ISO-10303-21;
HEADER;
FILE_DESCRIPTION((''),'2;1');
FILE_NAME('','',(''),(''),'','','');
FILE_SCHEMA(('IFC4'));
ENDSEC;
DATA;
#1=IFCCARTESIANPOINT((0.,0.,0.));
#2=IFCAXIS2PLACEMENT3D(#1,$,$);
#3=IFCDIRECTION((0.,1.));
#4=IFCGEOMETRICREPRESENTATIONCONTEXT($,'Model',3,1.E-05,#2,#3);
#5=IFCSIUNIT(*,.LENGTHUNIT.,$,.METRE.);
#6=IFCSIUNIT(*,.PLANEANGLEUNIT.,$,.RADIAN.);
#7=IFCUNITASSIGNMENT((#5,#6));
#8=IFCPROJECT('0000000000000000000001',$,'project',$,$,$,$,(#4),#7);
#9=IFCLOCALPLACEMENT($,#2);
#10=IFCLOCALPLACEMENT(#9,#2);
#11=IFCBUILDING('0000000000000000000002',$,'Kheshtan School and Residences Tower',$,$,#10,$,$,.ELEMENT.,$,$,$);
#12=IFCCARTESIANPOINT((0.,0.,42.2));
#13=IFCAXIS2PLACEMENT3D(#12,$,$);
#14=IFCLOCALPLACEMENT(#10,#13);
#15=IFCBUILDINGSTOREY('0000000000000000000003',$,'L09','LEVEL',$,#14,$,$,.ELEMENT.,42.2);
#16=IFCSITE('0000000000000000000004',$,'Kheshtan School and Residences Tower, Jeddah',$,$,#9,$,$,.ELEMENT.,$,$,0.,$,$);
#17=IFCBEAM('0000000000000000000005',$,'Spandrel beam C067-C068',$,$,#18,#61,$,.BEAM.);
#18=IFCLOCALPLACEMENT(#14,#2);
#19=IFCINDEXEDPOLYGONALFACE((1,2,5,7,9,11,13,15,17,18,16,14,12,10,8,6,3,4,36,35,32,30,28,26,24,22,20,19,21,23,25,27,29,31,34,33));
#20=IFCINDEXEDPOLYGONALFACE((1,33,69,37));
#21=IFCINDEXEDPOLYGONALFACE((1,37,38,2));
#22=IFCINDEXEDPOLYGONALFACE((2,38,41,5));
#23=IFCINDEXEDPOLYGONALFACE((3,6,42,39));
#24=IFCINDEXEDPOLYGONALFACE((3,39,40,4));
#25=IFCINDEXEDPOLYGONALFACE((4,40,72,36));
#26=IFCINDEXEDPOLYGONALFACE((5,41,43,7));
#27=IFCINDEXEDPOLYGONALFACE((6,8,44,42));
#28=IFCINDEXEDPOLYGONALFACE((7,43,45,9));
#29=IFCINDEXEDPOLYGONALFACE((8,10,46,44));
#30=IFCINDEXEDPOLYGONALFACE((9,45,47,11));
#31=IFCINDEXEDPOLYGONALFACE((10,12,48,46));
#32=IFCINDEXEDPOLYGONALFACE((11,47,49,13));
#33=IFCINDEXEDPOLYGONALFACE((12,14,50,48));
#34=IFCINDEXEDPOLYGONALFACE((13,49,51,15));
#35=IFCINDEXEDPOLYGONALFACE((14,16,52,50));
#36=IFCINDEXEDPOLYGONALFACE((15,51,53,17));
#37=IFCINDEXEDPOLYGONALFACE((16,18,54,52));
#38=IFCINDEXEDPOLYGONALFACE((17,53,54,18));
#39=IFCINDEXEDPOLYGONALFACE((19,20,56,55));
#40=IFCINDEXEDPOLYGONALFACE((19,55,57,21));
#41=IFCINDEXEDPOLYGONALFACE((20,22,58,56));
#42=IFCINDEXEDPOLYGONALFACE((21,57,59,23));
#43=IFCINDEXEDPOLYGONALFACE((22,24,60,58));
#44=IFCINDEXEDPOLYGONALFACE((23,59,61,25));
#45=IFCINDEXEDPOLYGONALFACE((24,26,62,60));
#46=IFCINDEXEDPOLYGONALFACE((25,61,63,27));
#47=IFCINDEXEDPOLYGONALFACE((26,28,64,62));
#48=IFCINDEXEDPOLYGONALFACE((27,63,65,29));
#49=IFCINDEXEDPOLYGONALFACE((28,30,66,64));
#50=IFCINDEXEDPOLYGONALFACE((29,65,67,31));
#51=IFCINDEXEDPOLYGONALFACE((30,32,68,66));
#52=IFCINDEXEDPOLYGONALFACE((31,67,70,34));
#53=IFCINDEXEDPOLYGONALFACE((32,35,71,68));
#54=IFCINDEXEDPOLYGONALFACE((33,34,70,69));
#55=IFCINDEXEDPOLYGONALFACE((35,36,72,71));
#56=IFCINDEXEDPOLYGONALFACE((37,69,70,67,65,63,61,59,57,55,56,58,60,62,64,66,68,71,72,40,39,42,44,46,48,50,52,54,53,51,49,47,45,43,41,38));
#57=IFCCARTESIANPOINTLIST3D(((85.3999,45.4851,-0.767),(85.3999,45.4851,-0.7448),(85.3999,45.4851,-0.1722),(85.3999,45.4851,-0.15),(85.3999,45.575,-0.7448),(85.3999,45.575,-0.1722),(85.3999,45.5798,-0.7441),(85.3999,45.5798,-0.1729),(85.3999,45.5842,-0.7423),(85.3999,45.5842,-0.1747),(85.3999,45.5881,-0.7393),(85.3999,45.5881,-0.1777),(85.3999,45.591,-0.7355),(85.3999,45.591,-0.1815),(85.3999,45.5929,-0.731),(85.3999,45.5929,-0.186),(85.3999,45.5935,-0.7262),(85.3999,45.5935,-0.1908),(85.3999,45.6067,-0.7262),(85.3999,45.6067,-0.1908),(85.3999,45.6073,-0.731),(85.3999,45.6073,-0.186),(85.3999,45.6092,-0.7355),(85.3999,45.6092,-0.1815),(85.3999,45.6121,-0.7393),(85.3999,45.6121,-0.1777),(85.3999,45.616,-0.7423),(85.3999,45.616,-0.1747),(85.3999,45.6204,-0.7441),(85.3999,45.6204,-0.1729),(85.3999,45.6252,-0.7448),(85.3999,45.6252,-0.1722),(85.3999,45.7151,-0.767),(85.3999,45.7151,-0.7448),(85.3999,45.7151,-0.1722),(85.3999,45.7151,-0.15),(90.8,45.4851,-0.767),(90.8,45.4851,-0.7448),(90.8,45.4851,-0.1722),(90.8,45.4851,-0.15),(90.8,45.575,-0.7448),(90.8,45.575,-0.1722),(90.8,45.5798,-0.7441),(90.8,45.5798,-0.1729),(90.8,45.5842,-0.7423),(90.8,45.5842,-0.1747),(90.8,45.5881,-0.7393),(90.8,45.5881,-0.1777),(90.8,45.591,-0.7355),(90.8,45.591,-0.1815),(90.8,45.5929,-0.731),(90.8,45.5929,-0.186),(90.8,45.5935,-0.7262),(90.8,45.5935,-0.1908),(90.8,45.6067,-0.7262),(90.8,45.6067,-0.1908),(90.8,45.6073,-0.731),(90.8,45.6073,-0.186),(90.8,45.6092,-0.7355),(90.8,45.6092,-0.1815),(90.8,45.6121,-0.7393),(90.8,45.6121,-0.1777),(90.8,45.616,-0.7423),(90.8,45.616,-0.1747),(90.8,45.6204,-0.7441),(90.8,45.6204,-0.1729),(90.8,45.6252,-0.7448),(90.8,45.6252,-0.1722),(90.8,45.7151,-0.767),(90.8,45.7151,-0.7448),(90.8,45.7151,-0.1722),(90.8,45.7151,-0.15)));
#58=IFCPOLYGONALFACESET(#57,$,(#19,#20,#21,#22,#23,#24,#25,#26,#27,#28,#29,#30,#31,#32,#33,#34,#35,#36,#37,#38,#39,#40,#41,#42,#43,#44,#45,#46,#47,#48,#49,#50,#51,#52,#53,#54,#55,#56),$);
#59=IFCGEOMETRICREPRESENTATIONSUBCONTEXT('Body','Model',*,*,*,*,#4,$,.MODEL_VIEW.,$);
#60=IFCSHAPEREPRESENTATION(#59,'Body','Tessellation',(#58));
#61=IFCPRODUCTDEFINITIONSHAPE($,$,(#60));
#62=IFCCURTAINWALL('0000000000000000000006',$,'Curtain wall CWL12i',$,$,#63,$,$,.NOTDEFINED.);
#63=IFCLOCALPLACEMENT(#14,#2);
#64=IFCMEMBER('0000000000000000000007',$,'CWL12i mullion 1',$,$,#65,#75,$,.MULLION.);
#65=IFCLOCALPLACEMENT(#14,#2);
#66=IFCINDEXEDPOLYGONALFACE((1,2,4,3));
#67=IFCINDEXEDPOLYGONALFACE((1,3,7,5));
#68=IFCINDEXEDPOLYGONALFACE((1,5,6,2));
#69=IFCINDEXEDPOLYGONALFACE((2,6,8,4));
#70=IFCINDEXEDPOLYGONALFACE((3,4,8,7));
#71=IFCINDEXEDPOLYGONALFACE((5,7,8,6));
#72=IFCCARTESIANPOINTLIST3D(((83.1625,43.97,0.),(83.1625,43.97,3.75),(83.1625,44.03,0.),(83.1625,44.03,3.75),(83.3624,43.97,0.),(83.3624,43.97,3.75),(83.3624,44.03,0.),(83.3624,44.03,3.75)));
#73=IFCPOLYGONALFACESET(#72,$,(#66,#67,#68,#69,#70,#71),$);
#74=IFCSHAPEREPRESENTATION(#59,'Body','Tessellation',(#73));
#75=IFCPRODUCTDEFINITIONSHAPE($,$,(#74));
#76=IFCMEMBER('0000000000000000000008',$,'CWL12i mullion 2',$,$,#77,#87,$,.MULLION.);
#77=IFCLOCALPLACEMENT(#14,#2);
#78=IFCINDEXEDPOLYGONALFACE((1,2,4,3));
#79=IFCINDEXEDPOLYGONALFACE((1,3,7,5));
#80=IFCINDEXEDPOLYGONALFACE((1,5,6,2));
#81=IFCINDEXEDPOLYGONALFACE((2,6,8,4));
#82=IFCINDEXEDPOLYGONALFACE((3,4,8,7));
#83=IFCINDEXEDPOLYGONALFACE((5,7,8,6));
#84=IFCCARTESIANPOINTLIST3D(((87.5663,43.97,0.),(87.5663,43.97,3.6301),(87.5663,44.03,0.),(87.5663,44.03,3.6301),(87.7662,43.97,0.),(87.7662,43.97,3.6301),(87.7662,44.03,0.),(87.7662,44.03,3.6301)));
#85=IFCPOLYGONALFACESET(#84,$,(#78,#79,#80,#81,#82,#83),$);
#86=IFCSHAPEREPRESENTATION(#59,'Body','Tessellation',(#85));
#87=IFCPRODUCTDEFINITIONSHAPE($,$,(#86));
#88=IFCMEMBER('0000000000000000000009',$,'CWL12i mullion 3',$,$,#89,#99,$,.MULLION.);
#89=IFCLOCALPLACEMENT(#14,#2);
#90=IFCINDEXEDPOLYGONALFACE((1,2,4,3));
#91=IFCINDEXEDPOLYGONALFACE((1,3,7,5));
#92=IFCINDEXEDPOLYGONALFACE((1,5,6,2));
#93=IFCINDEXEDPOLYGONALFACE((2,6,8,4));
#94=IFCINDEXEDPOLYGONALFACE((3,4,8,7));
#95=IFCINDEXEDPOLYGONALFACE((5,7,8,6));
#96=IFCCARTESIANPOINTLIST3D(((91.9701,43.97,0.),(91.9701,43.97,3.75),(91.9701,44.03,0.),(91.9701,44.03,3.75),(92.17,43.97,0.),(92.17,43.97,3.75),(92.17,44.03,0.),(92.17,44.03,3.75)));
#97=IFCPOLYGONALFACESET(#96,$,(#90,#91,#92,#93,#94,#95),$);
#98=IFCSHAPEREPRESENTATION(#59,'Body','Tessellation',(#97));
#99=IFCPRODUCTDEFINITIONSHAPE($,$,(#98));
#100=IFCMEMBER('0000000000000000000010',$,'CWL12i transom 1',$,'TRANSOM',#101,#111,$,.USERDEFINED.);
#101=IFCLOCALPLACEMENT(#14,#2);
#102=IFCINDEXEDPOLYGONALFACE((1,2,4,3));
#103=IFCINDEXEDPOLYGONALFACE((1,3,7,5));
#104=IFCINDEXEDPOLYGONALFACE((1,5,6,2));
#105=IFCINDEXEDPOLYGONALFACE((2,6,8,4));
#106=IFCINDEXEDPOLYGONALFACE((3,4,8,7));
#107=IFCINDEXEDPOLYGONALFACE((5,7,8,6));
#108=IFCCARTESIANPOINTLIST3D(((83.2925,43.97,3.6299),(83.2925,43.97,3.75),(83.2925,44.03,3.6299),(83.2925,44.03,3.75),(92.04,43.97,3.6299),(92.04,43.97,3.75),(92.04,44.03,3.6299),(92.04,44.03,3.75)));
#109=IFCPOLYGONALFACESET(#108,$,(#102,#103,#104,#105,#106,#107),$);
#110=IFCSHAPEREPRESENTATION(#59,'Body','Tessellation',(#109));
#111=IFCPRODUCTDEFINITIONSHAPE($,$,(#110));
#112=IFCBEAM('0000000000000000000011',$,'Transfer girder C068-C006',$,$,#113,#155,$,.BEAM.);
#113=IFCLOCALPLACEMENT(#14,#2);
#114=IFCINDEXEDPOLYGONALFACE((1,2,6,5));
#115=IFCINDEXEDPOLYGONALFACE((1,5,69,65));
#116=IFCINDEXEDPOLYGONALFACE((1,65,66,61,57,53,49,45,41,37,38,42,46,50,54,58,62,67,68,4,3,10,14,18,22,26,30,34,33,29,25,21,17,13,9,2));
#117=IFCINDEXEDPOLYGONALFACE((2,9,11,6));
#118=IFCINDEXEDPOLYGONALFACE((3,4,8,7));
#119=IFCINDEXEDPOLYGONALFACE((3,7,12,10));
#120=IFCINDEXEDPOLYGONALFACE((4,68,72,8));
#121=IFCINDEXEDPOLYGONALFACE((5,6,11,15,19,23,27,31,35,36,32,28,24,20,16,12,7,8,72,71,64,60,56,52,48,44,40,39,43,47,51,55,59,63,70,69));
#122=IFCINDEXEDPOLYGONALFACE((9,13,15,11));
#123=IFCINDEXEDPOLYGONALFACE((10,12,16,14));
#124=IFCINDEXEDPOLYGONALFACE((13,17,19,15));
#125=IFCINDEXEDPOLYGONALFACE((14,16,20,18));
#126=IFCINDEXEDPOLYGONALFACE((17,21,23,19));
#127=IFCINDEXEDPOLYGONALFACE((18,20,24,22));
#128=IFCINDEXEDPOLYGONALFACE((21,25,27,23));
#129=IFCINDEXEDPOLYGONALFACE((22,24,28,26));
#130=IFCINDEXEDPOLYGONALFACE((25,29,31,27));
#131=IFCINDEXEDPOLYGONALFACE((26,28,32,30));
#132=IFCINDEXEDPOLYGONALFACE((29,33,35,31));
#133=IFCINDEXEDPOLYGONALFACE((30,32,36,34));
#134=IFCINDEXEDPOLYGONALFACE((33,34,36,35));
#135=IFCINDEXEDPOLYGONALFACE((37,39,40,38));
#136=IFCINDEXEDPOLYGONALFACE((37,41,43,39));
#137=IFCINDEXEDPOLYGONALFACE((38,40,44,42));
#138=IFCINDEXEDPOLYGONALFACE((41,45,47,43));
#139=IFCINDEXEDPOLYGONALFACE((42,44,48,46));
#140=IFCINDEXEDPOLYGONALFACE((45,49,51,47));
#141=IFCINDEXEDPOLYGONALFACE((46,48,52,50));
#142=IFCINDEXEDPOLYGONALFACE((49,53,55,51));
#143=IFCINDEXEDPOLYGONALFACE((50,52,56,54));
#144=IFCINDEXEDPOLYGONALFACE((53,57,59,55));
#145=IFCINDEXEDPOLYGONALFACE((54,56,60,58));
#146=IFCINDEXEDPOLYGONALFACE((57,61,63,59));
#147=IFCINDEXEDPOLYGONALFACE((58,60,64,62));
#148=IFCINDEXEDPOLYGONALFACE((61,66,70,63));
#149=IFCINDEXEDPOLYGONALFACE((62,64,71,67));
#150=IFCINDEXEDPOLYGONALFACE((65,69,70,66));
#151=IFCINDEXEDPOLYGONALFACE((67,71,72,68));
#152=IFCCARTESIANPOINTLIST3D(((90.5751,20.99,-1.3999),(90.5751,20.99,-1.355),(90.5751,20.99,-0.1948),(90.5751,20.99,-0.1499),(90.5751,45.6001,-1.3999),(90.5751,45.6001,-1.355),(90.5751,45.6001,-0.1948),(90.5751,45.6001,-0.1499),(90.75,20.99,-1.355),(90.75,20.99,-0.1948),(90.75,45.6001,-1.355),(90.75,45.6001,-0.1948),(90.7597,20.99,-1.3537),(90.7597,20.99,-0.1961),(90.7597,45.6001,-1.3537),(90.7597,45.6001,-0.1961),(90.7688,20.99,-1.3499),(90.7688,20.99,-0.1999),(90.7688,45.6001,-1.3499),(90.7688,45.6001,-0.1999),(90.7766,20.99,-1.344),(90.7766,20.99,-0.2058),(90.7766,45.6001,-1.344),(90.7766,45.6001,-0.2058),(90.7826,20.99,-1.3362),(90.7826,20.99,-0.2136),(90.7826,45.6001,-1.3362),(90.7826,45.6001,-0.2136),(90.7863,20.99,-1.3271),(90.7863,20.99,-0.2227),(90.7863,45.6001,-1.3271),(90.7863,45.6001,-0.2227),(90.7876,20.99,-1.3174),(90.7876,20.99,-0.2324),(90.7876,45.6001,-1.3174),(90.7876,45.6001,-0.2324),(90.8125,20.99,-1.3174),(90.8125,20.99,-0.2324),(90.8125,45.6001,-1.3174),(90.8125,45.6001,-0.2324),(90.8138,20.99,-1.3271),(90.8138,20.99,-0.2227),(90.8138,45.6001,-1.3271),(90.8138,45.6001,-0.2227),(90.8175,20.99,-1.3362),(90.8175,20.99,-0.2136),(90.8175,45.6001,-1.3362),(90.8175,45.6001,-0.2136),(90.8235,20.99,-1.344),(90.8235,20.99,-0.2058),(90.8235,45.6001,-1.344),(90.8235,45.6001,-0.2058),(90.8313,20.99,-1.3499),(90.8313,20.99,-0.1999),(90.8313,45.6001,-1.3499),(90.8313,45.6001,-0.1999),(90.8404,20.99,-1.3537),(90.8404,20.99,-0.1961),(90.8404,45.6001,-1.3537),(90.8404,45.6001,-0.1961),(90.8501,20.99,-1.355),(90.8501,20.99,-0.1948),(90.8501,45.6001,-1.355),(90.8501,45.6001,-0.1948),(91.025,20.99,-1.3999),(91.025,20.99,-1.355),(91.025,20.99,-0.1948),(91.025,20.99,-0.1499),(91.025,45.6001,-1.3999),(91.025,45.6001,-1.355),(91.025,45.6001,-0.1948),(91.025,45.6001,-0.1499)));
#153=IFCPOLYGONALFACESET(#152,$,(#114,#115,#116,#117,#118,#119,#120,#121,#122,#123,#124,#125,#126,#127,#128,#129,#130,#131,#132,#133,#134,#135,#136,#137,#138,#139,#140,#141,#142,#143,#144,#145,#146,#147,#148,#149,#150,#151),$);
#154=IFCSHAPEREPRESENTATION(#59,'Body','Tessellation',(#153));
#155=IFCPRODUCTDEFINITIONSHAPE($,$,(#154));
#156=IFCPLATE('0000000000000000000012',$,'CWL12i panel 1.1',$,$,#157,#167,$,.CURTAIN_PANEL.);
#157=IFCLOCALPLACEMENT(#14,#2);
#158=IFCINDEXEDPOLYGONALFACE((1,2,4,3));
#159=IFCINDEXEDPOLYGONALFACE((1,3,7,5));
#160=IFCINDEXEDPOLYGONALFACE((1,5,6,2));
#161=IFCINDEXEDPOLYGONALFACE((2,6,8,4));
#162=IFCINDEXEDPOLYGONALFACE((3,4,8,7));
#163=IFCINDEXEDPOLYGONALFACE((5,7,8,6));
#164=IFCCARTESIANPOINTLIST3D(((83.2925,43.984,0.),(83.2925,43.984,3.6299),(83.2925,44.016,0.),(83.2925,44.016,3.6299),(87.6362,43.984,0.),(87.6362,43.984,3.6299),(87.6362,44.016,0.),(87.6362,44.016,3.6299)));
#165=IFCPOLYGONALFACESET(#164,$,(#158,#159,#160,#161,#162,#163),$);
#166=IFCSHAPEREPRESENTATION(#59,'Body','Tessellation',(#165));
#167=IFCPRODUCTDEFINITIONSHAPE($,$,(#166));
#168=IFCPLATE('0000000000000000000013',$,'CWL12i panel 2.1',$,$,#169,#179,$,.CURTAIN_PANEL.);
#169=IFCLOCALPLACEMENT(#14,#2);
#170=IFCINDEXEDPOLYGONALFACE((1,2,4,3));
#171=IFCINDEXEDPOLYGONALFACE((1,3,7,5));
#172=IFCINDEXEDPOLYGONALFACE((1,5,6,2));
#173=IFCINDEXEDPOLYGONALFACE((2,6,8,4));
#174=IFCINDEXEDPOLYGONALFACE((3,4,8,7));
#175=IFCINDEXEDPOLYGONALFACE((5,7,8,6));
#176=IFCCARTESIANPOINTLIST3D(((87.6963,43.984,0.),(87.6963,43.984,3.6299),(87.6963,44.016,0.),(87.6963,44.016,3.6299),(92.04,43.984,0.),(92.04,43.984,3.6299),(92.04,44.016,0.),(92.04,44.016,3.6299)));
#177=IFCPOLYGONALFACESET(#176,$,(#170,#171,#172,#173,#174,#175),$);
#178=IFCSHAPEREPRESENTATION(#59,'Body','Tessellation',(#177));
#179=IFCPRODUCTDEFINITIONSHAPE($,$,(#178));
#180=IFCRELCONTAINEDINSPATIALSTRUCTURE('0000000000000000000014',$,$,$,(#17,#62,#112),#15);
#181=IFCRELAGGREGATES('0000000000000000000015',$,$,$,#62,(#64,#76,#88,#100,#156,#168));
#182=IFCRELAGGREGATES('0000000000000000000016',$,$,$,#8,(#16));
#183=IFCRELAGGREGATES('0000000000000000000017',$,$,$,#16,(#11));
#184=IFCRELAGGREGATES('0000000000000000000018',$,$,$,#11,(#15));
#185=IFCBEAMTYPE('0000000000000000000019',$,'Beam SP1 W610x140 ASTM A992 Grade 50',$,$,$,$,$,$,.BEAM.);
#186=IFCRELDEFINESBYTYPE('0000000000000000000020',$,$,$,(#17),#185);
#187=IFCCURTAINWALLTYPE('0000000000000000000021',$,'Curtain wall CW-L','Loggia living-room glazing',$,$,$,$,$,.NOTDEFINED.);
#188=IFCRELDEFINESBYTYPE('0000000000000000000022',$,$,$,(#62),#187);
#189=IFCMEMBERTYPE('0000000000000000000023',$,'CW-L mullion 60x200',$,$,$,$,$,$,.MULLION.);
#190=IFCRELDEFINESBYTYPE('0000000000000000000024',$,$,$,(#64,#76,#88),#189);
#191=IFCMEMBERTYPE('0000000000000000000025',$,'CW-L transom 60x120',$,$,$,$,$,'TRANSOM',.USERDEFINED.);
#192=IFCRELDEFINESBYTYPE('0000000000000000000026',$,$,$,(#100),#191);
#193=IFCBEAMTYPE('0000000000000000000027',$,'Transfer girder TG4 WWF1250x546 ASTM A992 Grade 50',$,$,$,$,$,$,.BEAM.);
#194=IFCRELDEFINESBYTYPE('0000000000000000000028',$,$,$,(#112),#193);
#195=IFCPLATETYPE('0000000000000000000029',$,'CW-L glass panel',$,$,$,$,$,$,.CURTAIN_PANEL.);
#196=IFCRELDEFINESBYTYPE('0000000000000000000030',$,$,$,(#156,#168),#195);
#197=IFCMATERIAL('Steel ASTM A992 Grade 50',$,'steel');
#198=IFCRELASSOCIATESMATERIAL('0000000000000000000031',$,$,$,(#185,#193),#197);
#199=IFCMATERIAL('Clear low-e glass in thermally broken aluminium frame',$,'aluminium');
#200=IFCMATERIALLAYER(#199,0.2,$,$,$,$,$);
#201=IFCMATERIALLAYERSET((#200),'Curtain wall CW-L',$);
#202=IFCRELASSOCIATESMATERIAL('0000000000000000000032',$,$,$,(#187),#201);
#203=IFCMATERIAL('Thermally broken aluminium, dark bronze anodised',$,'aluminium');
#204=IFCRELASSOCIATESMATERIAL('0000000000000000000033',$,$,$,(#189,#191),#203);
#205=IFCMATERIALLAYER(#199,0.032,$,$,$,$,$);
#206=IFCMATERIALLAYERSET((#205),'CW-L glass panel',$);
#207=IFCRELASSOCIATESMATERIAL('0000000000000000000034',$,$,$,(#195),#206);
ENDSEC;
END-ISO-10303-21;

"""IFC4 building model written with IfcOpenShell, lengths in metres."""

from ifc_helpers import new_model, si_unit, direction, frame, origin, origin_2d, place, context, subcontext, project, spatial, rectangle, i_section, extrude, material, layer, layer_set, material_profile, profile_set, type_object, element, aggregate, save


model = new_model("IFC4")

# Units and contexts
model_context = context("Model", 3, precision=1e-05, world=origin(), true_north=direction((0.0, 1.0)))
body_context = subcontext(model_context, "Body", "Model", "MODEL_VIEW")
ifc_project = project(units=[si_unit("LENGTHUNIT", "METRE"), si_unit("PLANEANGLEUNIT", "RADIAN")], contexts=[model_context])

# Site, building, storey
site_placement = place(None, origin())
site = spatial("IfcSite", under=ifc_project, at=site_placement, Name="Kheshtan School and Residences Tower, Jeddah", CompositionType="ELEMENT", RefElevation=0.0)
building_placement = place(site_placement, origin())
building = spatial("IfcBuilding", under=site, at=building_placement, Name="Kheshtan School and Residences Tower", CompositionType="ELEMENT")
storey_placement = place(building_placement, frame((0.0, 0.0, 42.2)))
storey = spatial("IfcBuildingStorey", under=building, at=storey_placement, Name="L09", Description="LEVEL", CompositionType="ELEMENT", Elevation=42.2)

# Shared definitions
ifc_material_1 = material(Name="Steel ASTM A992 Grade 50", Category="steel")

# Beam
ifc_material_profile_1 = material_profile(ifc_material_1, i_section(OverallWidth=0.23, OverallDepth=0.6169, WebThickness=0.0132, FlangeThickness=0.0222, FilletRadius=0.0186, at=origin_2d()), Name="W610x140")
ifc_profile_set_1 = profile_set([ifc_material_profile_1], Name="Steel ASTM A992 Grade 50")
beam_type_1 = type_object("IfcBeamType", Name="Beam SP1 W610x140 ASTM A992 Grade 50", PredefinedType="BEAM", material=ifc_profile_set_1)
beam_1_placement = place(storey_placement, frame((85.3999, 45.6001, -0.4585), z_axis=(1.0, 0.0, 0.0), x_axis=(0.0, 1.0, 0.0)))
element("IfcBeam", 1, at=beam_1_placement, inside=storey, type_object=beam_type_1, Name="Spandrel beam C067-C068", PredefinedType="BEAM", context=body_context, shape_type="SweptSolid", body=[
    extrude(i_section(OverallWidth=0.23, OverallDepth=0.6169, WebThickness=0.0132, FlangeThickness=0.0222, FilletRadius=0.0186, at=origin_2d()), origin(), (0.0, 0.0, 1.0), 5.4001),
])

# Curtain wall, members
ifc_material_2 = material(Name="Clear low-e glass in thermally broken aluminium frame", Category="aluminium")
ifc_layer_1 = layer(ifc_material_2, 0.2)
ifc_layer_set_1 = layer_set([ifc_layer_1], Name="Curtain wall CW-L")
curtain_wall_type = type_object("IfcCurtainWallType", Name="Curtain wall CW-L", Description="Loggia living-room glazing", PredefinedType="NOTDEFINED", material=ifc_layer_set_1)
curtain_wall_placement = place(storey_placement, origin())
curtain_wall = element("IfcCurtainWall", 2, at=curtain_wall_placement, inside=storey, type_object=curtain_wall_type, Name="Curtain wall CWL12i", PredefinedType="NOTDEFINED")
ifc_material_3 = material(Name="Thermally broken aluminium, dark bronze anodised", Category="aluminium")
ifc_material_profile_2 = material_profile(ifc_material_3, rectangle(XDim=0.0601, YDim=0.2, at=origin_2d()), Name="CW-L mullion 60x200")
ifc_profile_set_2 = profile_set([ifc_material_profile_2], Name="Thermally broken aluminium, dark bronze anodised")
member_type_1 = type_object("IfcMemberType", Name="CW-L mullion 60x200", PredefinedType="MULLION", material=ifc_profile_set_2)
member_1_placement = place(storey_placement, frame((83.2625, 44.0, 0.0), z_axis=(0.0, 0.0, 1.0), x_axis=(0.0, 1.0, 0.0)))
member_1 = element("IfcMember", 3, at=member_1_placement, type_object=member_type_1, Name="CWL12i mullion 1", PredefinedType="MULLION", context=body_context, shape_type="SweptSolid", body=[
    extrude(rectangle(XDim=0.0601, YDim=0.2, at=origin_2d()), origin(), (0.0, 0.0, 1.0), 3.75),
])
member_2_placement = place(storey_placement, frame((87.6663, 44.0, 0.0), z_axis=(0.0, 0.0, 1.0), x_axis=(0.0, 1.0, 0.0)))
member_2 = element("IfcMember", 4, at=member_2_placement, type_object=member_type_1, Name="CWL12i mullion 2", PredefinedType="MULLION", context=body_context, shape_type="SweptSolid", body=[
    extrude(rectangle(XDim=0.0601, YDim=0.2, at=origin_2d()), origin(), (0.0, 0.0, 1.0), 3.6301),
])
member_3_placement = place(storey_placement, frame((92.0701, 44.0, 0.0), z_axis=(0.0, 0.0, 1.0), x_axis=(0.0, 1.0, 0.0)))
member_3 = element("IfcMember", 5, at=member_3_placement, type_object=member_type_1, Name="CWL12i mullion 3", PredefinedType="MULLION", context=body_context, shape_type="SweptSolid", body=[
    extrude(rectangle(XDim=0.0601, YDim=0.2, at=origin_2d()), origin(), (0.0, 0.0, 1.0), 3.75),
])
ifc_material_profile_3 = material_profile(ifc_material_3, rectangle(XDim=0.0601, YDim=0.1201, at=origin_2d()), Name="CW-L transom 60x120")
ifc_profile_set_3 = profile_set([ifc_material_profile_3], Name="Thermally broken aluminium, dark bronze anodised")
member_type_2 = type_object("IfcMemberType", Name="CW-L transom 60x120", ElementType="TRANSOM", PredefinedType="USERDEFINED", material=ifc_profile_set_3)
member_4_placement = place(storey_placement, frame((83.2925, 44.0, 3.6899), z_axis=(1.0, 0.0, 0.0), x_axis=(0.0, 1.0, 0.0)))
member_4 = element("IfcMember", 6, at=member_4_placement, type_object=member_type_2, Name="CWL12i transom 1", ObjectType="TRANSOM", PredefinedType="USERDEFINED", context=body_context, shape_type="SweptSolid", body=[
    extrude(rectangle(XDim=0.0601, YDim=0.1201, at=origin_2d()), origin(), (0.0, 0.0, 1.0), 8.7476),
])

# Beam
ifc_material_profile_4 = material_profile(ifc_material_1, i_section(OverallWidth=0.45, OverallDepth=1.25, WebThickness=0.0249, FlangeThickness=0.0449, FilletRadius=0.0376, at=origin_2d()), Name="WWF1250x546")
ifc_profile_set_4 = profile_set([ifc_material_profile_4], Name="Steel ASTM A992 Grade 50")
beam_type_2 = type_object("IfcBeamType", Name="Transfer girder TG4 WWF1250x546 ASTM A992 Grade 50", PredefinedType="BEAM", material=ifc_profile_set_4)
beam_2_placement = place(storey_placement, frame((90.8, 45.6001, -0.7749), z_axis=(0.0, -1.0, 0.0), x_axis=(1.0, 0.0, 0.0)))
element("IfcBeam", 7, at=beam_2_placement, inside=storey, type_object=beam_type_2, Name="Transfer girder C068-C006", PredefinedType="BEAM", context=body_context, shape_type="SweptSolid", body=[
    extrude(i_section(OverallWidth=0.45, OverallDepth=1.25, WebThickness=0.0249, FlangeThickness=0.0449, FilletRadius=0.0376, at=origin_2d()), origin(), (0.0, 0.0, 1.0), 24.6101),
])

# Plates
ifc_layer_2 = layer(ifc_material_2, 0.032)
ifc_layer_set_2 = layer_set([ifc_layer_2], Name="CW-L glass panel")
plate_type = type_object("IfcPlateType", Name="CW-L glass panel", PredefinedType="CURTAIN_PANEL", material=ifc_layer_set_2)
plate_1_placement = place(storey_placement, frame((85.4644, 44.0, 0.0), z_axis=(0.0, 0.0, 1.0), x_axis=(1.0, 0.0, 0.0)))
plate_1 = element("IfcPlate", 8, at=plate_1_placement, type_object=plate_type, Name="CWL12i panel 1.1", PredefinedType="CURTAIN_PANEL", context=body_context, shape_type="SweptSolid", body=[
    extrude(rectangle(XDim=4.3438, YDim=0.032, at=origin_2d()), origin(), (0.0, 0.0, 1.0), 3.6299),
])
plate_2_placement = place(storey_placement, frame((89.8682, 44.0, 0.0), z_axis=(0.0, 0.0, 1.0), x_axis=(1.0, 0.0, 0.0)))
plate_2 = element("IfcPlate", 9, at=plate_2_placement, type_object=plate_type, Name="CWL12i panel 2.1", PredefinedType="CURTAIN_PANEL", context=body_context, shape_type="SweptSolid", body=[
    extrude(rectangle(XDim=4.3438, YDim=0.032, at=origin_2d()), origin(), (0.0, 0.0, 1.0), 3.6299),
])
aggregate(curtain_wall, [member_1, member_2, member_3, member_4, plate_1, plate_2])

save(model, "model.ifc")
